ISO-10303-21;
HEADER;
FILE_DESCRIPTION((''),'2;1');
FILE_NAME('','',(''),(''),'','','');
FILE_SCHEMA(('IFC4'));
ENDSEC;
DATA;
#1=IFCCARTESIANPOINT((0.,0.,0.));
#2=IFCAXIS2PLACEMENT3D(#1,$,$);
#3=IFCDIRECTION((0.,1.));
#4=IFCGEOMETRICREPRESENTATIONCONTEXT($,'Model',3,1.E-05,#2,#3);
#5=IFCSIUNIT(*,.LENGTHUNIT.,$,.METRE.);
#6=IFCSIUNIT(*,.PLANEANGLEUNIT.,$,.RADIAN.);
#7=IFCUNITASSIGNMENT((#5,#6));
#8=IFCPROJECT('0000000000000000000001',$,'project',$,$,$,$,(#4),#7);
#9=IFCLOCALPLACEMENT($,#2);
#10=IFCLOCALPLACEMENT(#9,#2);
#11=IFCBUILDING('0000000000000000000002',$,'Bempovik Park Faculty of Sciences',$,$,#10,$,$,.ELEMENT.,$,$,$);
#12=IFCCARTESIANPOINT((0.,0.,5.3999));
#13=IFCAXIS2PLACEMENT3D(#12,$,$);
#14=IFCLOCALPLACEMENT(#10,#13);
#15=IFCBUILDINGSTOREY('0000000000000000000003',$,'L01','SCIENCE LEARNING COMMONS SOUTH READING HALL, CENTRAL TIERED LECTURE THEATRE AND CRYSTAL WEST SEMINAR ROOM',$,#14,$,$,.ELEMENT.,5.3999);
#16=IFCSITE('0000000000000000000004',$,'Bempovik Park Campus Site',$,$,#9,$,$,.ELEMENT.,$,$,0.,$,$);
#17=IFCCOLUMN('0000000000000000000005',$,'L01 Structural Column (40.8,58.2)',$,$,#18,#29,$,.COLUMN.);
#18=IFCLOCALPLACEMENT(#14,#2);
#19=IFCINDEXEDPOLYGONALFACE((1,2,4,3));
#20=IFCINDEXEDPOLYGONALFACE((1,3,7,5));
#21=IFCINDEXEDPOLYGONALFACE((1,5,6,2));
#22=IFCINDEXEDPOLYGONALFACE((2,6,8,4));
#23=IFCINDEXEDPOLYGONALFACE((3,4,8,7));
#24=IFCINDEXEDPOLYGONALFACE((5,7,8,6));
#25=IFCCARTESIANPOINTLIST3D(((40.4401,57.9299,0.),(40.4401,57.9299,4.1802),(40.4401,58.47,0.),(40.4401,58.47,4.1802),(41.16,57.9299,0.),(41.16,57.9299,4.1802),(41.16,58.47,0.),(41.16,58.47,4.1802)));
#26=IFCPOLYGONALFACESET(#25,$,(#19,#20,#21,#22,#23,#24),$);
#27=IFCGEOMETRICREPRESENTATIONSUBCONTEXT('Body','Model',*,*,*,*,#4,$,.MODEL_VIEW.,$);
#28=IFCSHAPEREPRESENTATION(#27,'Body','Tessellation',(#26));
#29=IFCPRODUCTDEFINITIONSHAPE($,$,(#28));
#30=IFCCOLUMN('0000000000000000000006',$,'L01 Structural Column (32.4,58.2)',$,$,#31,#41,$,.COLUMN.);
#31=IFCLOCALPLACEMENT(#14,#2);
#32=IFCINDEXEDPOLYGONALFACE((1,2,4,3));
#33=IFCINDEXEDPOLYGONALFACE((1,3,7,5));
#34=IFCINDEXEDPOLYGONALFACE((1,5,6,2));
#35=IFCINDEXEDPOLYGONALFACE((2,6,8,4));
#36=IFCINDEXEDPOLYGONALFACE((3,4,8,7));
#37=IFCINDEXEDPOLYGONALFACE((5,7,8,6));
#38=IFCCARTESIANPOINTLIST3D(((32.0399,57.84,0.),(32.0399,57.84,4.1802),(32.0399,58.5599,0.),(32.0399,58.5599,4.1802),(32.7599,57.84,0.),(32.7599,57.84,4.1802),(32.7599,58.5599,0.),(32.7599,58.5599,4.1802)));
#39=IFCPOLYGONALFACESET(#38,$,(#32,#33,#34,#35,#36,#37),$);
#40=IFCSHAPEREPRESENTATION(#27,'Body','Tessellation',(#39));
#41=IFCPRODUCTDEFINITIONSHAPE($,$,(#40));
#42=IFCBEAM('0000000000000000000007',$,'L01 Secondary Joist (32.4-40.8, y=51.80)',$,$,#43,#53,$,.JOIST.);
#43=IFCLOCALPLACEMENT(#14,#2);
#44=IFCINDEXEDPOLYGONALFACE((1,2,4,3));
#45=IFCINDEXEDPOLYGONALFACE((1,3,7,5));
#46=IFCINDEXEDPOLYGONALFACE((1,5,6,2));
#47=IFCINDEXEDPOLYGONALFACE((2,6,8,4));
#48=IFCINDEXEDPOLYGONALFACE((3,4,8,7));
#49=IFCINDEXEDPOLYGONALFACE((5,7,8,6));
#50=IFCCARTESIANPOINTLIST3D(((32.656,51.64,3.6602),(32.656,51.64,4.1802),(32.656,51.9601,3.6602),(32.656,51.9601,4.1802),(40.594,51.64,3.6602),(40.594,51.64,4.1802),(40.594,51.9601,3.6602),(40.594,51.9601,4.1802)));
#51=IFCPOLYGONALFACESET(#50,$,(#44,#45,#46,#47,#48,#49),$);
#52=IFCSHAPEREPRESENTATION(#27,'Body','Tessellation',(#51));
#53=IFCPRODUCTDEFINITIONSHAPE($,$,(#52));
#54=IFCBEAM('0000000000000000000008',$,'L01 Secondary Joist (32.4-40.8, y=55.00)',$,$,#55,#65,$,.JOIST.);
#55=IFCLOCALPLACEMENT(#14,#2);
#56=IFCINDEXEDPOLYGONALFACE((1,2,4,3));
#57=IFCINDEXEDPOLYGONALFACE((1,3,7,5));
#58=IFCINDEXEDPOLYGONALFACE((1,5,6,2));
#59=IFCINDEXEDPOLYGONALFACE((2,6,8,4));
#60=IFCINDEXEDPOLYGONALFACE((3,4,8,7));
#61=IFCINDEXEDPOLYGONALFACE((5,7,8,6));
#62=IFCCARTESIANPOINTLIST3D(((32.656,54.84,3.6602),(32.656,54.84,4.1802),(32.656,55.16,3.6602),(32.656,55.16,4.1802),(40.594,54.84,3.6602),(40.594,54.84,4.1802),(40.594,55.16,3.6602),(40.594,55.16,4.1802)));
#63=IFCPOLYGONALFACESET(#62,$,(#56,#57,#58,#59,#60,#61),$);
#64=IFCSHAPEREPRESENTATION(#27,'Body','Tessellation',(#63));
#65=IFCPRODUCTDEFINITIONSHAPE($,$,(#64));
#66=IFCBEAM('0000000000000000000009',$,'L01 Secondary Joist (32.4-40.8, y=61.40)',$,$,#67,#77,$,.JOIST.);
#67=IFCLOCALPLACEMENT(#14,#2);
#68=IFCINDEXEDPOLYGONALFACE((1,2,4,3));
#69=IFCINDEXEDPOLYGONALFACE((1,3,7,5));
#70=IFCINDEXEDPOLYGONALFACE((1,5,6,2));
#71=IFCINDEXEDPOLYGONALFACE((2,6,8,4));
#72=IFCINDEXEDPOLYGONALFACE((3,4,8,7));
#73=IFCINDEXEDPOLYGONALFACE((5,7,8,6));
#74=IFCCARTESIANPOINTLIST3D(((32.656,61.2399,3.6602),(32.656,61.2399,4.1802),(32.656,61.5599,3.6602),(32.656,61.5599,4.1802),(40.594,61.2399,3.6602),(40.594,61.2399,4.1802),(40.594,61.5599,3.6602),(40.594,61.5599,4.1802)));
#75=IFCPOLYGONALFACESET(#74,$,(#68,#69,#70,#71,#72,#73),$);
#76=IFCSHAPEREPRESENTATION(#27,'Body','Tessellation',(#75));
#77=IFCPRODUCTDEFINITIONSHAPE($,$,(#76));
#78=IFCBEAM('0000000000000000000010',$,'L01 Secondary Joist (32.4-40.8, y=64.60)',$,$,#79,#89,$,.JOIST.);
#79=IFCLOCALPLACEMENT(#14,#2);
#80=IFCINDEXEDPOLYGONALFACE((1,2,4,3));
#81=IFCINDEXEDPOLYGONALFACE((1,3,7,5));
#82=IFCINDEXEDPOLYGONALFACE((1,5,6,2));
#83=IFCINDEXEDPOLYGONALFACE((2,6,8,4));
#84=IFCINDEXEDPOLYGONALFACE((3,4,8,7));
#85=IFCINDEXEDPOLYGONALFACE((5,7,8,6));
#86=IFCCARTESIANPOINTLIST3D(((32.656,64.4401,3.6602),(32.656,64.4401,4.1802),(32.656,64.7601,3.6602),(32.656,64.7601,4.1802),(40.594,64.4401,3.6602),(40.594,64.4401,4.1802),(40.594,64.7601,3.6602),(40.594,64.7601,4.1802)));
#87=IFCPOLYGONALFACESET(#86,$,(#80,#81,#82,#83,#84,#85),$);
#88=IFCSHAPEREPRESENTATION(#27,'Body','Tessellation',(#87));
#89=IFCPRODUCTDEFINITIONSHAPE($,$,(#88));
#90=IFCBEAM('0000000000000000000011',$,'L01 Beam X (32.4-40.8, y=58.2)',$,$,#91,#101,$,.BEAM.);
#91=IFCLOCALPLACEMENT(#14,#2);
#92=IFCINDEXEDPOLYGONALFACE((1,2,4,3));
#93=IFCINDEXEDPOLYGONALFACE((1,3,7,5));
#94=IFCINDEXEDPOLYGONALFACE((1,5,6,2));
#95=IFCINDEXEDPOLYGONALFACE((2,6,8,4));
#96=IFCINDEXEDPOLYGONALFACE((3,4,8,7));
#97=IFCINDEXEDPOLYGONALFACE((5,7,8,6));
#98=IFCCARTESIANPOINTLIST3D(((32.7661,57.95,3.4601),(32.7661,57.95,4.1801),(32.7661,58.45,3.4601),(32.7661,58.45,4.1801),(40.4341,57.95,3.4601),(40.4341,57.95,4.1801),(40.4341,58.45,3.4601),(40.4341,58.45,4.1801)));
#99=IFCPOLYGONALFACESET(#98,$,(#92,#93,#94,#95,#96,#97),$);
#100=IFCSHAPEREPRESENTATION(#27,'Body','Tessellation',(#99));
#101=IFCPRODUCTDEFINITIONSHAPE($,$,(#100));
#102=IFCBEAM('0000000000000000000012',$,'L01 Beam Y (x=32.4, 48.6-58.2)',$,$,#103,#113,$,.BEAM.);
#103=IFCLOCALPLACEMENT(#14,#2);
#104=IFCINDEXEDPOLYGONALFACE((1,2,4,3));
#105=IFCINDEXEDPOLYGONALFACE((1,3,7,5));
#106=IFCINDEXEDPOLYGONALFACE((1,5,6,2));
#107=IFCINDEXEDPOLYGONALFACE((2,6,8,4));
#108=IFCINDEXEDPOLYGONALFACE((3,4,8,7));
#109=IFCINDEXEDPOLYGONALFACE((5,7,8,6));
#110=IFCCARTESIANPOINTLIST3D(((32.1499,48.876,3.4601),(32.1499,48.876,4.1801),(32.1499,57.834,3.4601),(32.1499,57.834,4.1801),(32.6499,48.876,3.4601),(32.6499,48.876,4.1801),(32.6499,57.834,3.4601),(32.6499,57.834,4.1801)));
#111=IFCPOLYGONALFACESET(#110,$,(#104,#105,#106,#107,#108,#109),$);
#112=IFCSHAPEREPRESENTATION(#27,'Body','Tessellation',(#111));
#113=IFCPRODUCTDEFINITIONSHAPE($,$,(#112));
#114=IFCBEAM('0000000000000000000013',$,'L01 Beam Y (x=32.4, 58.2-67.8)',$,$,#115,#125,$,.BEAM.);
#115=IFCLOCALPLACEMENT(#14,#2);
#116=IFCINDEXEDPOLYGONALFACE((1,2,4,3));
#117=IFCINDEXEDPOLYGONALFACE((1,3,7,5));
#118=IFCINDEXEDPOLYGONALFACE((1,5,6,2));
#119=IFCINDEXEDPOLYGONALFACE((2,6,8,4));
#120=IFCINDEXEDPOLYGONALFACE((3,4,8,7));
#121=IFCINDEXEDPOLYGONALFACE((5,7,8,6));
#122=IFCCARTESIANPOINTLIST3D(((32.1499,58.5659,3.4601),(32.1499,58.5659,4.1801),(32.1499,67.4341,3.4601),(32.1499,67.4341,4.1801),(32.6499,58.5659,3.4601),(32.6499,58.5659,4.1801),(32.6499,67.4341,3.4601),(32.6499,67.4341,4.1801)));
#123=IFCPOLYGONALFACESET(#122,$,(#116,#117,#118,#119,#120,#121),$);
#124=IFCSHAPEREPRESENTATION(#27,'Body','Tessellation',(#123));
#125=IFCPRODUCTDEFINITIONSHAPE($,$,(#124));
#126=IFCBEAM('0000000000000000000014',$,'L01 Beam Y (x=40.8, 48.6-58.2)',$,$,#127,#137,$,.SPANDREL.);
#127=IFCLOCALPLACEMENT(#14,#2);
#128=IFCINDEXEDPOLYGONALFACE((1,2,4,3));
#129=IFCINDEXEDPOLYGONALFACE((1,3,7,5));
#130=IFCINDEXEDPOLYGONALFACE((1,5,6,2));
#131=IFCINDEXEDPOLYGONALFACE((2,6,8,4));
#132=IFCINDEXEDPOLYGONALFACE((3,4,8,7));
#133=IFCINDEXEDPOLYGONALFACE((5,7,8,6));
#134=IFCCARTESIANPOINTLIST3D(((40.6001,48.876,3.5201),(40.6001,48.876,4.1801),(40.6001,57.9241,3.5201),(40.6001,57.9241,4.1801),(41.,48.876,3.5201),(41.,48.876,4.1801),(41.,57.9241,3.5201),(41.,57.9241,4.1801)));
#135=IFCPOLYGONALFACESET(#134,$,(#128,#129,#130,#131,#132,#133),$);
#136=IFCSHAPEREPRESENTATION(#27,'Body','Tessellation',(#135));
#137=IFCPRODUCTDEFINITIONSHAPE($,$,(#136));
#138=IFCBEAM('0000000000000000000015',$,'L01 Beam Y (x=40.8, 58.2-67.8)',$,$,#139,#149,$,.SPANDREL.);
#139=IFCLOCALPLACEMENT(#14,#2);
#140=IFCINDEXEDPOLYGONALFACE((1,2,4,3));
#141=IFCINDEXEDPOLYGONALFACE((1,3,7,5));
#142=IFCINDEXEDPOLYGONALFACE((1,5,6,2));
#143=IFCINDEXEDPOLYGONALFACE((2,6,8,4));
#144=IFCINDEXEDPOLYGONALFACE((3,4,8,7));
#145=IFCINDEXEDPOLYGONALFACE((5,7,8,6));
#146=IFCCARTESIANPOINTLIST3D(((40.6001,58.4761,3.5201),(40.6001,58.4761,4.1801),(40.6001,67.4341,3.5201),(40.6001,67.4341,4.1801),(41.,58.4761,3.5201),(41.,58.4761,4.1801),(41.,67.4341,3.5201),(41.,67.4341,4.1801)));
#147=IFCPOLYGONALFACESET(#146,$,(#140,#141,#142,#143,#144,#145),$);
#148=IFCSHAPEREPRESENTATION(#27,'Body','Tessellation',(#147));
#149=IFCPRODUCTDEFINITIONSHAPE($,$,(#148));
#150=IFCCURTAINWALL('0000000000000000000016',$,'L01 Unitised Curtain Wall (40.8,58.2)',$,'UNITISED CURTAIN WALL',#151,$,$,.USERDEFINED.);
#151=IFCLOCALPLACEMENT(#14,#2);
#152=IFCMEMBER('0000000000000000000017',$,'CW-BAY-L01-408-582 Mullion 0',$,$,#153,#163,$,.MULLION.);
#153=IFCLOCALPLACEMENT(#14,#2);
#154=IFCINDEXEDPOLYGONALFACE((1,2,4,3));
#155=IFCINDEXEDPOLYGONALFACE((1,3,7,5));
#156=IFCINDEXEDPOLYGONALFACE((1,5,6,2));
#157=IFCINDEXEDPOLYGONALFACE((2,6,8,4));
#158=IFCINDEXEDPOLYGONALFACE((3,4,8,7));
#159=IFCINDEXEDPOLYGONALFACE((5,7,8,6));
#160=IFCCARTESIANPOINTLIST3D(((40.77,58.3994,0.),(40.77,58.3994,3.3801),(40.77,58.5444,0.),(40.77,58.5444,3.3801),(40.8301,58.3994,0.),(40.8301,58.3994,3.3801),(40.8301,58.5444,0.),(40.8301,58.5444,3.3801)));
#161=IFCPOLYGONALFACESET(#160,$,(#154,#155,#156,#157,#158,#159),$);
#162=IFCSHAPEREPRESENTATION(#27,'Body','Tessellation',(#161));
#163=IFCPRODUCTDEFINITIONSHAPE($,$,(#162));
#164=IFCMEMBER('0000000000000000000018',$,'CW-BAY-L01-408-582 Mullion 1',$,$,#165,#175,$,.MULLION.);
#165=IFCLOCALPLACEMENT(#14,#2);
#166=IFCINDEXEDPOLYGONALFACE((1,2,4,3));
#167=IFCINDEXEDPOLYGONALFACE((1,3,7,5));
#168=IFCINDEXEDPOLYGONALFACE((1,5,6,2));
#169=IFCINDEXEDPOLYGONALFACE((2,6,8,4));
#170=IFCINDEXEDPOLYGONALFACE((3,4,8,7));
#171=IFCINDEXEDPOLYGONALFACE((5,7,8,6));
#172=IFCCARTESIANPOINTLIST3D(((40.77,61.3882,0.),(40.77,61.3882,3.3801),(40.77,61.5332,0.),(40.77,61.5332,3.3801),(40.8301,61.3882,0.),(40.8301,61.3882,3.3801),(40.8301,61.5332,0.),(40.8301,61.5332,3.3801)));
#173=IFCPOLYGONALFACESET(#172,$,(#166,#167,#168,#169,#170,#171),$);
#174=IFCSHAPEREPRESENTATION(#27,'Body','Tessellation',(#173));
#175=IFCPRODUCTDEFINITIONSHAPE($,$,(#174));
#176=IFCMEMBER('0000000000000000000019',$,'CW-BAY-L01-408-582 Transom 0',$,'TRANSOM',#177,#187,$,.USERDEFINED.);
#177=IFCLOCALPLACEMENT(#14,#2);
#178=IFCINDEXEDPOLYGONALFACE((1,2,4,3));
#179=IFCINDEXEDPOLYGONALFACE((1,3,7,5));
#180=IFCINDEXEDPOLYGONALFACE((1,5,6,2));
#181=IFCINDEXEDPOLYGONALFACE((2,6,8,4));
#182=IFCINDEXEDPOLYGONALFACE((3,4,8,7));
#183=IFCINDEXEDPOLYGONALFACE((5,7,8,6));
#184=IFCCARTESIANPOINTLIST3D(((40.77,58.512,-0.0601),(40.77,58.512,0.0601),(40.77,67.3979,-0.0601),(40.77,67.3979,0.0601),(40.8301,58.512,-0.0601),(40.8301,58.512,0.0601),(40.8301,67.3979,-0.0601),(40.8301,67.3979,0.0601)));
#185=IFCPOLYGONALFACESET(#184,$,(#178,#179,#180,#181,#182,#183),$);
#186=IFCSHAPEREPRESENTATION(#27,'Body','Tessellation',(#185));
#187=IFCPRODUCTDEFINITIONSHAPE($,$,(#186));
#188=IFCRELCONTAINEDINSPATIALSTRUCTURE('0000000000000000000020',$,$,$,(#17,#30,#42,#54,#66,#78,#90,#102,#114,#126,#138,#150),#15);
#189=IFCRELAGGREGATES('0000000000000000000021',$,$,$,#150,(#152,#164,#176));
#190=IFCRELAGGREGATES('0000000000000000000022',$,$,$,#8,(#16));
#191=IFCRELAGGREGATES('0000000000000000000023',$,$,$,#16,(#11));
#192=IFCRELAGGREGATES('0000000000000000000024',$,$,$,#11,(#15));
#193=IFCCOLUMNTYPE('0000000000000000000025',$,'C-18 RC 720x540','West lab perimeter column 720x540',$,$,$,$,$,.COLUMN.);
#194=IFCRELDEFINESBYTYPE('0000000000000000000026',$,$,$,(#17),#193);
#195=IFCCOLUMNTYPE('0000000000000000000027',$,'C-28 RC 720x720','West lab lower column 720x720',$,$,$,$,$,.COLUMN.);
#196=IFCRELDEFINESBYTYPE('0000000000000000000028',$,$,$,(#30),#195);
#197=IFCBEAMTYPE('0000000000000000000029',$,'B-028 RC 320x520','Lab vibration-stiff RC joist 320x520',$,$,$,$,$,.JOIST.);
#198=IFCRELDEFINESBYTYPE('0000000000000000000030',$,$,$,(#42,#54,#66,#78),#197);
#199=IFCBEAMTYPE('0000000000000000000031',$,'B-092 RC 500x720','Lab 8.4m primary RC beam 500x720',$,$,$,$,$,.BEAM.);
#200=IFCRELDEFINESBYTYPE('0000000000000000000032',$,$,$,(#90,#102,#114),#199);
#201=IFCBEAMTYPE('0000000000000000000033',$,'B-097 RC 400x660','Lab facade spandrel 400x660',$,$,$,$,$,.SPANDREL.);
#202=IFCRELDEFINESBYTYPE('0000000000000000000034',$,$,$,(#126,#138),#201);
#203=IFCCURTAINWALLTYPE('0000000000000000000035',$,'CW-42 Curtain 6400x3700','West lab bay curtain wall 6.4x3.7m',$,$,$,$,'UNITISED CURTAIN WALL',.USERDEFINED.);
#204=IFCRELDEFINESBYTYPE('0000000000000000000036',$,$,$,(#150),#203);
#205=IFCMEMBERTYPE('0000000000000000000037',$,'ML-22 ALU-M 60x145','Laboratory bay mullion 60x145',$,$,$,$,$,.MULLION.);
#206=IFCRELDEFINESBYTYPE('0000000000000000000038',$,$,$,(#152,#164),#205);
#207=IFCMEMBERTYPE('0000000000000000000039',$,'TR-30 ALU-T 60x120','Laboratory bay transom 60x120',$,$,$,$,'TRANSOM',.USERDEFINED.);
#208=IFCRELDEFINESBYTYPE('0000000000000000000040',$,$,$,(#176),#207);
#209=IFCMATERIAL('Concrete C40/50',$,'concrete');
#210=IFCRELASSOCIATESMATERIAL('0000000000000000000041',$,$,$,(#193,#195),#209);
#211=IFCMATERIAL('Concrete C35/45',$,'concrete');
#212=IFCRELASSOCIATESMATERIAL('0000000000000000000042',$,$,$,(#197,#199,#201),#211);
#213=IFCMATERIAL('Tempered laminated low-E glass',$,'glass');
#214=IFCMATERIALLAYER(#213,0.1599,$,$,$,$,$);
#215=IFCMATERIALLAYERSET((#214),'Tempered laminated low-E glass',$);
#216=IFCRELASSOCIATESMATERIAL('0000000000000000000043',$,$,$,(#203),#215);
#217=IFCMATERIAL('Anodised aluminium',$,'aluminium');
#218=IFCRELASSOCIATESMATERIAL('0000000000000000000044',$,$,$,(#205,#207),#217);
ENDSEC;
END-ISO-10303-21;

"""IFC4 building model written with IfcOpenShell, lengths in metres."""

from ifc_helpers import new_model, si_unit, direction, frame, origin, origin_2d, place, context, subcontext, project, spatial, rectangle, extrude, material, layer, layer_set, material_profile, profile_set, type_object, element, aggregate, save


model = new_model("IFC4")

# Units and contexts
model_context = context("Model", 3, precision=1e-05, world=origin(), true_north=direction((0.0, 1.0)))
body_context = subcontext(model_context, "Body", "Model", "MODEL_VIEW")
ifc_project = project(units=[si_unit("LENGTHUNIT", "METRE"), si_unit("PLANEANGLEUNIT", "RADIAN")], contexts=[model_context])

# Site, building, storey
site_placement = place(None, origin())
site = spatial("IfcSite", under=ifc_project, at=site_placement, Name="Bempovik Park Campus Site", CompositionType="ELEMENT", RefElevation=0.0)
building_placement = place(site_placement, origin())
building = spatial("IfcBuilding", under=site, at=building_placement, Name="Bempovik Park Faculty of Sciences", CompositionType="ELEMENT")
storey_placement = place(building_placement, frame((0.0, 0.0, 5.3999)))
storey = spatial("IfcBuildingStorey", under=building, at=storey_placement, Name="L01", Description="SCIENCE LEARNING COMMONS SOUTH READING HALL, CENTRAL TIERED LECTURE THEATRE AND CRYSTAL WEST SEMINAR ROOM", CompositionType="ELEMENT", Elevation=5.3999)

# Columns
ifc_material_1 = material(Name="Concrete C40/50", Category="concrete")
ifc_material_profile_1 = material_profile(ifc_material_1, rectangle(XDim=0.72, YDim=0.54, at=origin_2d()), Name="RC 720x540")
ifc_profile_set_1 = profile_set([ifc_material_profile_1], Name="Concrete C40/50")
column_type_1 = type_object("IfcColumnType", Name="C-18 RC 720x540", Description="West lab perimeter column 720x540", PredefinedType="COLUMN", material=ifc_profile_set_1)
column_1_placement = place(storey_placement, frame((40.8, 58.2, 0.0), z_axis=(0.0, 0.0, 1.0), x_axis=(1.0, 0.0, 0.0)))
element("IfcColumn", 1, at=column_1_placement, inside=storey, type_object=column_type_1, Name="L01 Structural Column (40.8,58.2)", PredefinedType="COLUMN", context=body_context, shape_type="SweptSolid", body=[
    extrude(rectangle(XDim=0.72, YDim=0.54, at=origin_2d()), origin(), (0.0, 0.0, 1.0), 4.1802),
])
ifc_material_profile_2 = material_profile(ifc_material_1, rectangle(XDim=0.72, YDim=0.72, at=origin_2d()), Name="RC 720x720")
ifc_profile_set_2 = profile_set([ifc_material_profile_2], Name="Concrete C40/50")
column_type_2 = type_object("IfcColumnType", Name="C-28 RC 720x720", Description="West lab lower column 720x720", PredefinedType="COLUMN", material=ifc_profile_set_2)
column_2_placement = place(storey_placement, frame((32.3999, 58.2, 0.0), z_axis=(0.0, 0.0, 1.0), x_axis=(1.0, 0.0, 0.0)))
element("IfcColumn", 2, at=column_2_placement, inside=storey, type_object=column_type_2, Name="L01 Structural Column (32.4,58.2)", PredefinedType="COLUMN", context=body_context, shape_type="SweptSolid", body=[
    extrude(rectangle(XDim=0.72, YDim=0.72, at=origin_2d()), origin(), (0.0, 0.0, 1.0), 4.1802),
])

# Beams
ifc_material_2 = material(Name="Concrete C35/45", Category="concrete")
ifc_material_profile_3 = material_profile(ifc_material_2, rectangle(XDim=0.3201, YDim=0.52, at=origin_2d()), Name="RC 320x520")
ifc_profile_set_3 = profile_set([ifc_material_profile_3], Name="Concrete C35/45")
beam_type_1 = type_object("IfcBeamType", Name="B-028 RC 320x520", Description="Lab vibration-stiff RC joist 320x520", PredefinedType="JOIST", material=ifc_profile_set_3)
for number, where, z_axis, x_axis, name in (
    (3, (32.656, 51.8, 3.9202), (1.0, 0.0, 0.0), (0.0, 1.0, 0.0), "L01 Secondary Joist (32.4-40.8, y=51.80)"),
    (4, (32.656, 55.0, 3.9202), (1.0, 0.0, 0.0), (0.0, 1.0, 0.0), "L01 Secondary Joist (32.4-40.8, y=55.00)"),
    (5, (32.656, 61.3999, 3.9202), (1.0, 0.0, 0.0), (0.0, 1.0, 0.0), "L01 Secondary Joist (32.4-40.8, y=61.40)"),
    (6, (32.656, 64.6001, 3.9202), (1.0, 0.0, 0.0), (0.0, 1.0, 0.0), "L01 Secondary Joist (32.4-40.8, y=64.60)"),
):
    element("IfcBeam", number, at=place(storey_placement, frame(where, z_axis=z_axis, x_axis=x_axis)), inside=storey, type_object=beam_type_1, Name=name, PredefinedType="JOIST", context=body_context, shape_type="SweptSolid", body=[
        extrude(rectangle(XDim=0.3201, YDim=0.52, at=origin_2d()), origin(), (0.0, 0.0, 1.0), 7.938),
    ])
ifc_material_profile_4 = material_profile(ifc_material_2, rectangle(XDim=0.5, YDim=0.72, at=origin_2d()), Name="RC 500x720")
ifc_profile_set_4 = profile_set([ifc_material_profile_4], Name="Concrete C35/45")
beam_type_2 = type_object("IfcBeamType", Name="B-092 RC 500x720", Description="Lab 8.4m primary RC beam 500x720", PredefinedType="BEAM", material=ifc_profile_set_4)
beam_1_placement = place(storey_placement, frame((32.7661, 58.2, 3.8201), z_axis=(1.0, 0.0, 0.0), x_axis=(0.0, 1.0, 0.0)))
element("IfcBeam", 7, at=beam_1_placement, inside=storey, type_object=beam_type_2, Name="L01 Beam X (32.4-40.8, y=58.2)", PredefinedType="BEAM", context=body_context, shape_type="SweptSolid", body=[
    extrude(rectangle(XDim=0.5, YDim=0.72, at=origin_2d()), origin(), (0.0, 0.0, 1.0), 7.668),
])
beam_2_placement = place(storey_placement, frame((32.3999, 48.876, 3.8201), z_axis=(0.0, 1.0, 0.0), x_axis=(-1.0, 0.0, 0.0)))
element("IfcBeam", 8, at=beam_2_placement, inside=storey, type_object=beam_type_2, Name="L01 Beam Y (x=32.4, 48.6-58.2)", PredefinedType="BEAM", context=body_context, shape_type="SweptSolid", body=[
    extrude(rectangle(XDim=0.5, YDim=0.72, at=origin_2d()), origin(), (0.0, 0.0, 1.0), 8.958),
])
beam_3_placement = place(storey_placement, frame((32.3999, 58.5659, 3.8201), z_axis=(0.0, 1.0, 0.0), x_axis=(-1.0, 0.0, 0.0)))
element("IfcBeam", 9, at=beam_3_placement, inside=storey, type_object=beam_type_2, Name="L01 Beam Y (x=32.4, 58.2-67.8)", PredefinedType="BEAM", context=body_context, shape_type="SweptSolid", body=[
    extrude(rectangle(XDim=0.5, YDim=0.72, at=origin_2d()), origin(), (0.0, 0.0, 1.0), 8.8682),
])
ifc_material_profile_5 = material_profile(ifc_material_2, rectangle(XDim=0.3999, YDim=0.6599, at=origin_2d()), Name="RC 400x660")
ifc_profile_set_5 = profile_set([ifc_material_profile_5], Name="Concrete C35/45")
beam_type_3 = type_object("IfcBeamType", Name="B-097 RC 400x660", Description="Lab facade spandrel 400x660", PredefinedType="SPANDREL", material=ifc_profile_set_5)
beam_4_placement = place(storey_placement, frame((40.8, 48.876, 3.8501), z_axis=(0.0, 1.0, 0.0), x_axis=(-1.0, 0.0, 0.0)))
element("IfcBeam", 10, at=beam_4_placement, inside=storey, type_object=beam_type_3, Name="L01 Beam Y (x=40.8, 48.6-58.2)", PredefinedType="SPANDREL", context=body_context, shape_type="SweptSolid", body=[
    extrude(rectangle(XDim=0.3999, YDim=0.6599, at=origin_2d()), origin(), (0.0, 0.0, 1.0), 9.0481),
])
beam_5_placement = place(storey_placement, frame((40.8, 58.4761, 3.8501), z_axis=(0.0, 1.0, 0.0), x_axis=(-1.0, 0.0, 0.0)))
element("IfcBeam", 11, at=beam_5_placement, inside=storey, type_object=beam_type_3, Name="L01 Beam Y (x=40.8, 58.2-67.8)", PredefinedType="SPANDREL", context=body_context, shape_type="SweptSolid", body=[
    extrude(rectangle(XDim=0.3999, YDim=0.6599, at=origin_2d()), origin(), (0.0, 0.0, 1.0), 8.958),
])

# Curtain wall, members
ifc_material_3 = material(Name="Tempered laminated low-E glass", Category="glass")
ifc_layer_1 = layer(ifc_material_3, 0.1599)
ifc_layer_set_1 = layer_set([ifc_layer_1], Name="Tempered laminated low-E glass")
curtain_wall_type = type_object("IfcCurtainWallType", Name="CW-42 Curtain 6400x3700", Description="West lab bay curtain wall 6.4x3.7m", ElementType="UNITISED CURTAIN WALL", PredefinedType="USERDEFINED", material=ifc_layer_set_1)
curtain_wall_placement = place(storey_placement, origin())
curtain_wall = element("IfcCurtainWall", 12, at=curtain_wall_placement, inside=storey, type_object=curtain_wall_type, Name="L01 Unitised Curtain Wall (40.8,58.2)", ObjectType="UNITISED CURTAIN WALL", PredefinedType="USERDEFINED")
ifc_material_4 = material(Name="Anodised aluminium", Category="aluminium")
ifc_material_profile_6 = material_profile(ifc_material_4, rectangle(XDim=0.0601, YDim=0.145, at=origin_2d()), Name="ALU-M 60x145")
ifc_profile_set_6 = profile_set([ifc_material_profile_6], Name="Anodised aluminium")
member_type_1 = type_object("IfcMemberType", Name="ML-22 ALU-M 60x145", Description="Laboratory bay mullion 60x145", PredefinedType="MULLION", material=ifc_profile_set_6)
member_1_placement = place(storey_placement, frame((40.8, 58.4719, 0.0), z_axis=(0.0, 0.0, 1.0), x_axis=(1.0, 0.0, 0.0)))
member_1 = element("IfcMember", 13, at=member_1_placement, type_object=member_type_1, Name="CW-BAY-L01-408-582 Mullion 0", PredefinedType="MULLION", context=body_context, shape_type="SweptSolid", body=[
    extrude(rectangle(XDim=0.0601, YDim=0.145, at=origin_2d()), origin(), (0.0, 0.0, 1.0), 3.3801),
])
member_2_placement = place(storey_placement, frame((40.8, 61.4607, 0.0), z_axis=(0.0, 0.0, 1.0), x_axis=(1.0, 0.0, 0.0)))
member_2 = element("IfcMember", 14, at=member_2_placement, type_object=member_type_1, Name="CW-BAY-L01-408-582 Mullion 1", PredefinedType="MULLION", context=body_context, shape_type="SweptSolid", body=[
    extrude(rectangle(XDim=0.0601, YDim=0.145, at=origin_2d()), origin(), (0.0, 0.0, 1.0), 3.3801),
])
ifc_material_profile_7 = material_profile(ifc_material_4, rectangle(XDim=0.0601, YDim=0.1201, at=origin_2d()), Name="ALU-T 60x120")
ifc_profile_set_7 = profile_set([ifc_material_profile_7], Name="Anodised aluminium")
member_type_2 = type_object("IfcMemberType", Name="TR-30 ALU-T 60x120", Description="Laboratory bay transom 60x120", ElementType="TRANSOM", PredefinedType="USERDEFINED", material=ifc_profile_set_7)
member_3_placement = place(storey_placement, frame((40.8, 58.512, 0.0), z_axis=(0.0, 1.0, 0.0), x_axis=(-1.0, 0.0, 0.0)))
member_3 = element("IfcMember", 15, at=member_3_placement, type_object=member_type_2, Name="CW-BAY-L01-408-582 Transom 0", ObjectType="TRANSOM", PredefinedType="USERDEFINED", context=body_context, shape_type="SweptSolid", body=[
    extrude(rectangle(XDim=0.0601, YDim=0.1201, at=origin_2d()), origin(), (0.0, 0.0, 1.0), 8.886),
])
aggregate(curtain_wall, [member_1, member_2, member_3])

save(model, "model.ifc")
